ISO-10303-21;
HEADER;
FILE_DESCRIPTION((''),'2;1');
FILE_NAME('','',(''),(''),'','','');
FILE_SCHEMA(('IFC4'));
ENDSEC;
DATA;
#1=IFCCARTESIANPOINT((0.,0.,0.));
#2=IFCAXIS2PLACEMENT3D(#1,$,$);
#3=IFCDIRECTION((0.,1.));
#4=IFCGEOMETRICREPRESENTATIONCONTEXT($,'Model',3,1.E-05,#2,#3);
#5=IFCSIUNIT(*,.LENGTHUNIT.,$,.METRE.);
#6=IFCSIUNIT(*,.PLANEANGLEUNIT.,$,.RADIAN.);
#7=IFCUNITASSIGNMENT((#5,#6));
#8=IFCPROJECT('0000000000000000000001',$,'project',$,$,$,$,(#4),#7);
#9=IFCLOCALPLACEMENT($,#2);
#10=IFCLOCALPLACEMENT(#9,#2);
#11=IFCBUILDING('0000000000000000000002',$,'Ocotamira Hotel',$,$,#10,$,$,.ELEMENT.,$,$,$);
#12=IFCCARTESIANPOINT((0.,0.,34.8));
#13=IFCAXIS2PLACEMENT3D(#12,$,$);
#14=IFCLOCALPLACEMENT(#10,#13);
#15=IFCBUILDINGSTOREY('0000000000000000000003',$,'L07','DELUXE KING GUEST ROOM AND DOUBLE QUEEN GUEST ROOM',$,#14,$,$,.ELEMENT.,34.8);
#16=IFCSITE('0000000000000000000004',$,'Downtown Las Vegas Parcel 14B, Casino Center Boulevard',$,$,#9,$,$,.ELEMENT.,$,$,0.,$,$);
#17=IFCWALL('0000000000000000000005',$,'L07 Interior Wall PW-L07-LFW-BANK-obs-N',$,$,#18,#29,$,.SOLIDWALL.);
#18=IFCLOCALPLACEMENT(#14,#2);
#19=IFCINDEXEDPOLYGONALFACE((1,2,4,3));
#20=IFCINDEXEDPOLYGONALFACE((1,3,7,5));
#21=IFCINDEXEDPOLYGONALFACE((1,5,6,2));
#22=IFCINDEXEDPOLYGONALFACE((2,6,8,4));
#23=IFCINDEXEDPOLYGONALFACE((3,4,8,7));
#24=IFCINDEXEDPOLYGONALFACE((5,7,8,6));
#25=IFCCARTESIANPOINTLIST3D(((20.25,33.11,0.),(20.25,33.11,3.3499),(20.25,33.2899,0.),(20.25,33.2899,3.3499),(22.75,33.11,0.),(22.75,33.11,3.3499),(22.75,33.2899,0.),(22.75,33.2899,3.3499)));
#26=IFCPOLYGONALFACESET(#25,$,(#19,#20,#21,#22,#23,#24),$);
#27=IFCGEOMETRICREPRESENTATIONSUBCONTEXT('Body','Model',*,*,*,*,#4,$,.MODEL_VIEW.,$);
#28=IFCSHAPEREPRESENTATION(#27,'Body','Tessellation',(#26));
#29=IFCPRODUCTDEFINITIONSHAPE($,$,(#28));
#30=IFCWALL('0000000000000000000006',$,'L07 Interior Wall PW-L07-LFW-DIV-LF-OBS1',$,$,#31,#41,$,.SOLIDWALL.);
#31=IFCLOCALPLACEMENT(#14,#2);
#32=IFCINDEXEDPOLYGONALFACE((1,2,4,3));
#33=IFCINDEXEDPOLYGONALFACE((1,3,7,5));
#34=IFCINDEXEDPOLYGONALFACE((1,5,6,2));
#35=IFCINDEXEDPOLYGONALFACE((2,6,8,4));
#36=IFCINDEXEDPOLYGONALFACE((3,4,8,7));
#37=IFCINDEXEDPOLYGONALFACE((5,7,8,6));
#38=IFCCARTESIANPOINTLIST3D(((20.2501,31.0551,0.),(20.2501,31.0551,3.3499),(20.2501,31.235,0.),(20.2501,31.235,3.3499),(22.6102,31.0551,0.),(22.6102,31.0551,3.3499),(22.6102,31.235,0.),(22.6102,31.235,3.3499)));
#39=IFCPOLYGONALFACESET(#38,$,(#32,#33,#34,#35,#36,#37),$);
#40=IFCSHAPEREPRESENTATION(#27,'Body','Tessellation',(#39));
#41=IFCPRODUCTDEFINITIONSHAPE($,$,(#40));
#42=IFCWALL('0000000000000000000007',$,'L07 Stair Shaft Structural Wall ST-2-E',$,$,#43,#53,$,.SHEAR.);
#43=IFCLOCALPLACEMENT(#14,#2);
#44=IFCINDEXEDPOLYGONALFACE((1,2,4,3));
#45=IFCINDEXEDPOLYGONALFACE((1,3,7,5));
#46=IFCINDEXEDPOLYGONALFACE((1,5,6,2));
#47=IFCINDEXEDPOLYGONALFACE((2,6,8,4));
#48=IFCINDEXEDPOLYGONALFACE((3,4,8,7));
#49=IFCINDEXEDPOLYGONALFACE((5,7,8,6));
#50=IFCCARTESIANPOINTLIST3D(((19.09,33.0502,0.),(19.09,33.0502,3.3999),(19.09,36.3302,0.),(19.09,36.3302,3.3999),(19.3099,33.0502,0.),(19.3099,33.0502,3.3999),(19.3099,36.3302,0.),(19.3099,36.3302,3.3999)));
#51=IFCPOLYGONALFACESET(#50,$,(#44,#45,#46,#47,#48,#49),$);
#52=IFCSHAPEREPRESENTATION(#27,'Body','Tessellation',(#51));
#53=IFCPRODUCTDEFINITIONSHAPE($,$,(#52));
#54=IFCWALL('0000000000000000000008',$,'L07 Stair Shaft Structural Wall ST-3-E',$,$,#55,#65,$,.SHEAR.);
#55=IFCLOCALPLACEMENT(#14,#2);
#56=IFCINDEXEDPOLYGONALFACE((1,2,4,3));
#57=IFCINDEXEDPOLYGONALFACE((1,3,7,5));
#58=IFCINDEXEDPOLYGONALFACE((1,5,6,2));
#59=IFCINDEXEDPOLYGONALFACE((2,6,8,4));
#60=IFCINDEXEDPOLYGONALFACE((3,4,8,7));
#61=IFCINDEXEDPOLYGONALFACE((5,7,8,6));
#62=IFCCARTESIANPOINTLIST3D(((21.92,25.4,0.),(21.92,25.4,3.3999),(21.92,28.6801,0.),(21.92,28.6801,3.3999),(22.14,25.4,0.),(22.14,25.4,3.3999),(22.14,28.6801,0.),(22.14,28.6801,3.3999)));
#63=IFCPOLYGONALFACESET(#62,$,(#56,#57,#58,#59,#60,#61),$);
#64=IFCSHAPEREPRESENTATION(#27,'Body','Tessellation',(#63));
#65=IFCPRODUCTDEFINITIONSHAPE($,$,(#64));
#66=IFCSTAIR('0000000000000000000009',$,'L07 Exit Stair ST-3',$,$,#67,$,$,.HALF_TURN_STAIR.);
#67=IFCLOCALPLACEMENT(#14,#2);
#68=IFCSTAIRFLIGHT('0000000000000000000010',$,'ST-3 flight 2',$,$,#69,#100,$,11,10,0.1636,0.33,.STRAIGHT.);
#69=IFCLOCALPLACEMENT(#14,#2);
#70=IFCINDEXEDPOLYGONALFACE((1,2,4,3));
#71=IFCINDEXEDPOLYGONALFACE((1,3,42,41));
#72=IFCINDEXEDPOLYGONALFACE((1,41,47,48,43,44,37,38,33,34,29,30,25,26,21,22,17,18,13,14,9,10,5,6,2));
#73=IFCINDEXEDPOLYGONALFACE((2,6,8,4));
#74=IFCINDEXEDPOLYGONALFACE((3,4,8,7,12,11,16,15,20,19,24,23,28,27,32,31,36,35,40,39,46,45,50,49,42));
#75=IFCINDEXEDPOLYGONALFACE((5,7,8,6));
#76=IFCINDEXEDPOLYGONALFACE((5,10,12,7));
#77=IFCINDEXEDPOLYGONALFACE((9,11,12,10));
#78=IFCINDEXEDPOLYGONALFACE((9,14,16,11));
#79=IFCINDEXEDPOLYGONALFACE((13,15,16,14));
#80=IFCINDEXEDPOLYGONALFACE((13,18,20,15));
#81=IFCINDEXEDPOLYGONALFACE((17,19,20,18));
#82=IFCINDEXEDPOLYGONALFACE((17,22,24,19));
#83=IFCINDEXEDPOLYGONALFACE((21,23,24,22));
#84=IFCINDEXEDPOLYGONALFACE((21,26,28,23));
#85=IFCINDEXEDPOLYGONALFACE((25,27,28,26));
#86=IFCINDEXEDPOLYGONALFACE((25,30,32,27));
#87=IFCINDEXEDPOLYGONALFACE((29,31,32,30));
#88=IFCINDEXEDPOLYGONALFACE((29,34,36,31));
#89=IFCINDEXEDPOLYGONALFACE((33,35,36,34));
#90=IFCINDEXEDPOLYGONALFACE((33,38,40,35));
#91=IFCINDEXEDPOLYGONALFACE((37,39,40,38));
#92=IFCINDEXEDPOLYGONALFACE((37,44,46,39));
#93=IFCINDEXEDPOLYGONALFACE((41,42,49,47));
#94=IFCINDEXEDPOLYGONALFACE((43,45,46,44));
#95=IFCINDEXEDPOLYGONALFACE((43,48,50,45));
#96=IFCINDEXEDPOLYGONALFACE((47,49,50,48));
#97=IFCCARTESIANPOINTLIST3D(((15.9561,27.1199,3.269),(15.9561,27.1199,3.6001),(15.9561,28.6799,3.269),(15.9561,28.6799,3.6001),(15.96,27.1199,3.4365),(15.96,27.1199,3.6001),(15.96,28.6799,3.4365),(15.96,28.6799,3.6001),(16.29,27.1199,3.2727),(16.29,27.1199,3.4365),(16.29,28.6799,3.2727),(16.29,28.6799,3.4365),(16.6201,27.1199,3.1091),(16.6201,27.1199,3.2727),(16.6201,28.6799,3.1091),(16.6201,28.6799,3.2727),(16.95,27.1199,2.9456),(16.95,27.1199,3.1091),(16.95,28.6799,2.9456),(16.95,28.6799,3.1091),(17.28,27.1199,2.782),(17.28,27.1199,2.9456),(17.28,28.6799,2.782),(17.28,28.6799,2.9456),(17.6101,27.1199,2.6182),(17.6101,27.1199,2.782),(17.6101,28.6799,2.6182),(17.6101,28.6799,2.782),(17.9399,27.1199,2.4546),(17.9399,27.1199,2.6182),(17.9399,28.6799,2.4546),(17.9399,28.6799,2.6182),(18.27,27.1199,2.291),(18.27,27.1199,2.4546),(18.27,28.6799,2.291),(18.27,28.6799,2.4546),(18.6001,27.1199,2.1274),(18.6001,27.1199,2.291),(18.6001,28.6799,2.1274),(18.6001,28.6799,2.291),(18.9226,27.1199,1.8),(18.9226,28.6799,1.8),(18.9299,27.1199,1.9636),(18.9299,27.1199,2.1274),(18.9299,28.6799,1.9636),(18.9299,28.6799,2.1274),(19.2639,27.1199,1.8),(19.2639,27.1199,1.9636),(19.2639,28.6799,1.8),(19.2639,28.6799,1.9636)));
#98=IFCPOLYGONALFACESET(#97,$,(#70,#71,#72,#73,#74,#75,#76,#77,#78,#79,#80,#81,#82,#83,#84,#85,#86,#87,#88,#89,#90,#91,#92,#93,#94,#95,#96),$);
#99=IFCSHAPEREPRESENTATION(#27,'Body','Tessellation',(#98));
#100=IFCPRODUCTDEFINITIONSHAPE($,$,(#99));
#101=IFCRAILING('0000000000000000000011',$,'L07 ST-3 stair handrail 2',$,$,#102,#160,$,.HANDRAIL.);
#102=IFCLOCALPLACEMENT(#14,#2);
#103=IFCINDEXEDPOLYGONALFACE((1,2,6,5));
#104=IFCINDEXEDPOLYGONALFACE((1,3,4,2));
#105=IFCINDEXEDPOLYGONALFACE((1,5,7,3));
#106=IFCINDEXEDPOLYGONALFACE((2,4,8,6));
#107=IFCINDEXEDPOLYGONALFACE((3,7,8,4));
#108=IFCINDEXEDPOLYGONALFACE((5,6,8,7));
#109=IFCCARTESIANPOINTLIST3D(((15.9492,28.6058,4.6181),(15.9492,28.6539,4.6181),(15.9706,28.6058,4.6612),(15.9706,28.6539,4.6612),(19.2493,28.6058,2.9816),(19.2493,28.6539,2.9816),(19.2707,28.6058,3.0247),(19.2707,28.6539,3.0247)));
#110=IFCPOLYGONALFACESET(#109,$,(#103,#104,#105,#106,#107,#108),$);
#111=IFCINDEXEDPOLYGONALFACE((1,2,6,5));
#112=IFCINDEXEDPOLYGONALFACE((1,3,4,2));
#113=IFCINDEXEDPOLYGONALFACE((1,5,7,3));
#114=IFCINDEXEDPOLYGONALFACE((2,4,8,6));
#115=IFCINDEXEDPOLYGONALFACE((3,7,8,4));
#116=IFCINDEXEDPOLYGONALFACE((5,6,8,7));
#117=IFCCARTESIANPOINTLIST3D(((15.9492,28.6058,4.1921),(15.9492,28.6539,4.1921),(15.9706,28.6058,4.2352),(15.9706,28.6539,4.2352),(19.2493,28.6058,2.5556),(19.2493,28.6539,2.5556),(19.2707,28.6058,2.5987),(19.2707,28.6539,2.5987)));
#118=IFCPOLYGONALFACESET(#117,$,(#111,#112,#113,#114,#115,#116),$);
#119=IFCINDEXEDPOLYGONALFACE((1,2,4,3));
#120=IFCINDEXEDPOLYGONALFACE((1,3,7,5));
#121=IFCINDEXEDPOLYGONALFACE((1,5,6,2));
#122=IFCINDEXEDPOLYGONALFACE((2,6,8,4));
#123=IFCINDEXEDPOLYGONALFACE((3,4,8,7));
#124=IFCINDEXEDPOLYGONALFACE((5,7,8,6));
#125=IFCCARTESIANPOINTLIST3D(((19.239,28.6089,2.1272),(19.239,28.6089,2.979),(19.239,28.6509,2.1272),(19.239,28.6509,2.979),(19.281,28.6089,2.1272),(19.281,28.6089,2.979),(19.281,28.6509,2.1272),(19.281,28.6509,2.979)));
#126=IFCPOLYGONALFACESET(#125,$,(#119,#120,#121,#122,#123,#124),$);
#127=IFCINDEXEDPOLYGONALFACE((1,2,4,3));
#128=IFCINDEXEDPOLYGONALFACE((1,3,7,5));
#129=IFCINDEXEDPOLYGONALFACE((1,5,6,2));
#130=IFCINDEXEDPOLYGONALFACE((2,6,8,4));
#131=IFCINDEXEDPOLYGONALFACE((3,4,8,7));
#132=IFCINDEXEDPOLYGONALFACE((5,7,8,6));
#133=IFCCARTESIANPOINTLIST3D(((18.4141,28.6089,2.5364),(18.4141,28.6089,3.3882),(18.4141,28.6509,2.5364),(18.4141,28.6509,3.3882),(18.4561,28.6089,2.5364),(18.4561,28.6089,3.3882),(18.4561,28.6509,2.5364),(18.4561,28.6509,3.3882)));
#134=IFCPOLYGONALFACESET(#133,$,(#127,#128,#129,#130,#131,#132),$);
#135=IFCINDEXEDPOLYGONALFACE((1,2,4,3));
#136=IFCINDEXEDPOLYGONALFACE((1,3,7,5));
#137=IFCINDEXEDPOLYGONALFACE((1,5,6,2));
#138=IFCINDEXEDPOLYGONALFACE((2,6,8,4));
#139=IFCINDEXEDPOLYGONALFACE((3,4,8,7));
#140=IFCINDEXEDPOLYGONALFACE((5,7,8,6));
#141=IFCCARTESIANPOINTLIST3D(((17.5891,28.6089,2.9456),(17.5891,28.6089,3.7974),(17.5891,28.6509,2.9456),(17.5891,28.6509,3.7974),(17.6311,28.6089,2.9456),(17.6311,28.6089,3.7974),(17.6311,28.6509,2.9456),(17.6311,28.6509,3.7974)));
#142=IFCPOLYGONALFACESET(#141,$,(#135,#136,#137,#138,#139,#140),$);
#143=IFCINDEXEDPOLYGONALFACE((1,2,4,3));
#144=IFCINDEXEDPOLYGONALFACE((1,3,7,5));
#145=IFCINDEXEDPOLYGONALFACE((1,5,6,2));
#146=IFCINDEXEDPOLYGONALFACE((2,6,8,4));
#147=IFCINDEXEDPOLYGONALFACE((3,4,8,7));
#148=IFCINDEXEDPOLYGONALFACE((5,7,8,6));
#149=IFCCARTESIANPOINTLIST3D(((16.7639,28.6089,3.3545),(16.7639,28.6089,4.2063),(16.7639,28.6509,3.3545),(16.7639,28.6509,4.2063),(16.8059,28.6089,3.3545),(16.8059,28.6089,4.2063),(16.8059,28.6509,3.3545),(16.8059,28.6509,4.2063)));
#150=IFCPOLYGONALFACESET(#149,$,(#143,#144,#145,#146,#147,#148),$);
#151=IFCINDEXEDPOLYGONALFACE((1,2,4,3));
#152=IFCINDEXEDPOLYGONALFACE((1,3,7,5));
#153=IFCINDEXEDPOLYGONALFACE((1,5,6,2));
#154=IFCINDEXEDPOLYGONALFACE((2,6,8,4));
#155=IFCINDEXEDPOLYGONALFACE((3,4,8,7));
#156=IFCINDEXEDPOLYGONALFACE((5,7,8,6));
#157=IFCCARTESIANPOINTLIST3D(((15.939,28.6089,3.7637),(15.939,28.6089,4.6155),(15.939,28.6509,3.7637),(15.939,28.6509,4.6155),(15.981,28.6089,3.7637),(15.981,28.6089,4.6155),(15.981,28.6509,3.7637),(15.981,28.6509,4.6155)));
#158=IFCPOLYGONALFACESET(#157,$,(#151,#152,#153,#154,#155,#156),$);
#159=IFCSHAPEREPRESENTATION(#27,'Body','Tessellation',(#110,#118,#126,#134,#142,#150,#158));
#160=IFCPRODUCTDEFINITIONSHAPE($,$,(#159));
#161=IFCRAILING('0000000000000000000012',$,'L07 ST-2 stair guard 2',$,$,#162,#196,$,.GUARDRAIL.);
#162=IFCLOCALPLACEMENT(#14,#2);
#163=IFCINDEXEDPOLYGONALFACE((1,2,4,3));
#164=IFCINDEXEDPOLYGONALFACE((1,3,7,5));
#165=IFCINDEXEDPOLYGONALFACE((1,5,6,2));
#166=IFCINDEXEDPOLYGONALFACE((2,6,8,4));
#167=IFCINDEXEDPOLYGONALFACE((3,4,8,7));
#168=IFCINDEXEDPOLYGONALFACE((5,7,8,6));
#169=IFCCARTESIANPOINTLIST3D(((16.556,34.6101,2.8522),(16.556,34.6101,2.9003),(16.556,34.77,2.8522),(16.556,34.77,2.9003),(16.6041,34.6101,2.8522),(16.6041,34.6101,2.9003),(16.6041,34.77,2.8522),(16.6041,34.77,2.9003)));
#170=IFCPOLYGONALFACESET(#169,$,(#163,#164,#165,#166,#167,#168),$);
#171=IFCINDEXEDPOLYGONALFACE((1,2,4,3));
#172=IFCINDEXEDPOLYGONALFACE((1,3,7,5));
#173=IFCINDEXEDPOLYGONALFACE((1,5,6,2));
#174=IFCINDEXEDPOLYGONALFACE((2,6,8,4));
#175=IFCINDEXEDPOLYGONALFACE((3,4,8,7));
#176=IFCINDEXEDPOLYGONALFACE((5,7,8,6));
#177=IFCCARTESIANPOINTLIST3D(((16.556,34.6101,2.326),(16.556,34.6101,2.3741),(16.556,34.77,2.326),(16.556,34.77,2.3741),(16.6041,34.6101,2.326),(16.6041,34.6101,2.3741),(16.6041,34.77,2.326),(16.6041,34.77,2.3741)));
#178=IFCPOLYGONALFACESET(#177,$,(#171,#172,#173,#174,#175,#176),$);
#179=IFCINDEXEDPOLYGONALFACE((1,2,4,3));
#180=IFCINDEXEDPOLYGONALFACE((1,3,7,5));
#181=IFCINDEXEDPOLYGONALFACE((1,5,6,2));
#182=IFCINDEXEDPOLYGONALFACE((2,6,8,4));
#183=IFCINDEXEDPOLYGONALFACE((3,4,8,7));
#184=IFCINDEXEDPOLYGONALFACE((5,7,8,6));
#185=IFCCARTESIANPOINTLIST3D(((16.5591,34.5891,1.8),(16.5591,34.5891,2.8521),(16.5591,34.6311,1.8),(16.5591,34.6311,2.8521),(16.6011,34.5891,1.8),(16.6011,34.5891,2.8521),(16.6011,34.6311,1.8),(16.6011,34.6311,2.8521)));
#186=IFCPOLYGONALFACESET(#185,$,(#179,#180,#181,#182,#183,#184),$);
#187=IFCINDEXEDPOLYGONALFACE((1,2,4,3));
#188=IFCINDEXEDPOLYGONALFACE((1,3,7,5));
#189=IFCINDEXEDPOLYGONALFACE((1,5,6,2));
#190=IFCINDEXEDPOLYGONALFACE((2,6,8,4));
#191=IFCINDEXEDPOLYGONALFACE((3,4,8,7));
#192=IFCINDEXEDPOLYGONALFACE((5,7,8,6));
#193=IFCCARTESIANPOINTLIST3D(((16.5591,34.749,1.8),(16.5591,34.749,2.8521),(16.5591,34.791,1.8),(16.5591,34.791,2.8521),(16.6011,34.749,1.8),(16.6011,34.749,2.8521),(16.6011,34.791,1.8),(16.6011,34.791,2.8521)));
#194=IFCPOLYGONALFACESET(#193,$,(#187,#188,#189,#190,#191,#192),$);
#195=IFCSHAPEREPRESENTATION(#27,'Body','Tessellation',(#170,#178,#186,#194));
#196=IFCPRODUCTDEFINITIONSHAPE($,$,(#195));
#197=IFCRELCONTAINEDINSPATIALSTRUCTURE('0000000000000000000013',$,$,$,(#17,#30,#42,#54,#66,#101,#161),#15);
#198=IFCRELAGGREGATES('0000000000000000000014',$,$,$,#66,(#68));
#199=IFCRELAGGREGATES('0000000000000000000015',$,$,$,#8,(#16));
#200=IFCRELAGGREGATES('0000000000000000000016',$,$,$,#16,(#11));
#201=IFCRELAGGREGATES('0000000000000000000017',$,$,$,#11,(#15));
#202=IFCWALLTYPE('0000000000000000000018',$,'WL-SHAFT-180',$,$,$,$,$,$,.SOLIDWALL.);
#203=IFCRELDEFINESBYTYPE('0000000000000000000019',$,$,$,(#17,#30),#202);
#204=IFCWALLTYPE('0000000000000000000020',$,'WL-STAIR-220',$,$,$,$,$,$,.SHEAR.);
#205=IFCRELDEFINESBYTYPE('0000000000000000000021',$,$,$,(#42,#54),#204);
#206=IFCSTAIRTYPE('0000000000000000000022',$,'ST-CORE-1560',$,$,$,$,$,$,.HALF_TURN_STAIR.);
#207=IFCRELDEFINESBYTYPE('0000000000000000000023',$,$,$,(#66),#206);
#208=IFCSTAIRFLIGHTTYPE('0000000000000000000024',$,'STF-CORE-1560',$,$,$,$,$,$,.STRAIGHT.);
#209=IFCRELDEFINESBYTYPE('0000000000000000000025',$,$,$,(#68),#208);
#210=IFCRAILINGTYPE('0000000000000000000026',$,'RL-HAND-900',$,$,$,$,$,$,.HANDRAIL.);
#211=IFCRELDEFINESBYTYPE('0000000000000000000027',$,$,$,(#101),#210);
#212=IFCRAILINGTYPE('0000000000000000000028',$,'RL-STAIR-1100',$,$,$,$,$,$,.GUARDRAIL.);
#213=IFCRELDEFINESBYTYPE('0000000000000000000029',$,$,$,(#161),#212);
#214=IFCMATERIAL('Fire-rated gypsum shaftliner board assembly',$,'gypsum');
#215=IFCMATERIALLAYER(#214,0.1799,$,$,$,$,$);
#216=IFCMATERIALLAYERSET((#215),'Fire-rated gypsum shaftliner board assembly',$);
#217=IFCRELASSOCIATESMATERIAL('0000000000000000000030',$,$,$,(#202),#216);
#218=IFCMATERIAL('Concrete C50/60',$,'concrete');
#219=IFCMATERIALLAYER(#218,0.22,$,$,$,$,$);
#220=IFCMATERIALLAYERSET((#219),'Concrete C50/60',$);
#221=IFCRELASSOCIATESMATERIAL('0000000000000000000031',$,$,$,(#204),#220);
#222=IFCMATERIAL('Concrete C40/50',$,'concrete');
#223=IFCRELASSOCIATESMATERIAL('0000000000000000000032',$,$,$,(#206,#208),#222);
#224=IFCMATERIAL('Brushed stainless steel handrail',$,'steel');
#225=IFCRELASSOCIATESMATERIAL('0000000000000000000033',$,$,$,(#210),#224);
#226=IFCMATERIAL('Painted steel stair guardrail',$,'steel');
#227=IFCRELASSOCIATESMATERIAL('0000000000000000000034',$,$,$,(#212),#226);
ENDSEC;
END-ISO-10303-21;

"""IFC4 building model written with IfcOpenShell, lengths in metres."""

from ifc_helpers import new_model, si_unit, direction, frame, frame_2d, origin, origin_2d, place, context, subcontext, project, spatial, polyline, rectangle, outline, extrude, source, transform, mapped, material, layer, layer_set, type_object, element, aggregate, save


model = new_model("IFC4")

# Units and contexts
model_context = context("Model", 3, precision=1e-05, world=origin(), true_north=direction((0.0, 1.0)))
body_context = subcontext(model_context, "Body", "Model", "MODEL_VIEW")
ifc_project = project(units=[si_unit("LENGTHUNIT", "METRE"), si_unit("PLANEANGLEUNIT", "RADIAN")], contexts=[model_context])

# Site, building, storey
site_placement = place(None, origin())
site = spatial("IfcSite", under=ifc_project, at=site_placement, Name="Downtown Las Vegas Parcel 14B, Casino Center Boulevard", CompositionType="ELEMENT", RefElevation=0.0)
building_placement = place(site_placement, origin())
building = spatial("IfcBuilding", under=site, at=building_placement, Name="Ocotamira Hotel", CompositionType="ELEMENT")
storey_placement = place(building_placement, frame((0.0, 0.0, 34.8)))
storey = spatial("IfcBuildingStorey", under=building, at=storey_placement, Name="L07", Description="DELUXE KING GUEST ROOM AND DOUBLE QUEEN GUEST ROOM", CompositionType="ELEMENT", Elevation=34.8)

# Walls
ifc_material_1 = material(Name="Fire-rated gypsum shaftliner board assembly", Category="gypsum")
ifc_layer_1 = layer(ifc_material_1, 0.1799)
ifc_layer_set_1 = layer_set([ifc_layer_1], Name="Fire-rated gypsum shaftliner board assembly")
wall_type_1 = type_object("IfcWallType", Name="WL-SHAFT-180", PredefinedType="SOLIDWALL", material=ifc_layer_set_1)
wall_1_placement = place(storey_placement, frame((20.25, 33.2, 0.0), z_axis=(0.0, 0.0, 1.0), x_axis=(1.0, 0.0, 0.0)))
element("IfcWall", 1, at=wall_1_placement, inside=storey, type_object=wall_type_1, Name="L07 Interior Wall PW-L07-LFW-BANK-obs-N", PredefinedType="SOLIDWALL", context=body_context, shape_type="SweptSolid", body=[
    extrude(rectangle(XDim=2.5, YDim=0.1799, at=frame_2d((1.25, 0.0))), origin(), (0.0, 0.0, 1.0), 3.3499),
])
wall_2_placement = place(storey_placement, frame((20.25, 31.145, 0.0), z_axis=(0.0, 0.0, 1.0), x_axis=(1.0, 0.0, 0.0)))
element("IfcWall", 2, at=wall_2_placement, inside=storey, type_object=wall_type_1, Name="L07 Interior Wall PW-L07-LFW-DIV-LF-OBS1", PredefinedType="SOLIDWALL", context=body_context, shape_type="SweptSolid", body=[
    extrude(rectangle(XDim=2.3601, YDim=0.1799, at=frame_2d((1.1802, 0.0))), origin(), (0.0, 0.0, 1.0), 3.3499),
])
ifc_material_2 = material(Name="Concrete C50/60", Category="concrete")
ifc_layer_2 = layer(ifc_material_2, 0.22)
ifc_layer_set_2 = layer_set([ifc_layer_2], Name="Concrete C50/60")
wall_type_2 = type_object("IfcWallType", Name="WL-STAIR-220", PredefinedType="SHEAR", material=ifc_layer_set_2)
for number, where, z_axis, x_axis, name in (
    (3, (19.2, 33.05, 0.0), (0.0, 0.0, 1.0), (0.0, 1.0, 0.0), "L07 Stair Shaft Structural Wall ST-2-E"),
    (4, (22.03, 25.3999, 0.0), (0.0, 0.0, 1.0), (0.0, 1.0, 0.0), "L07 Stair Shaft Structural Wall ST-3-E"),
):
    element("IfcWall", number, at=place(storey_placement, frame(where, z_axis=z_axis, x_axis=x_axis)), inside=storey, type_object=wall_type_2, Name=name, PredefinedType="SHEAR", context=body_context, shape_type="SweptSolid", body=[
        extrude(rectangle(XDim=3.28, YDim=0.22, at=frame_2d((1.6401, 0.0))), origin(), (0.0, 0.0, 1.0), 3.3999),
    ])

# Stair, stair flight
ifc_material_3 = material(Name="Concrete C40/50", Category="concrete")
stair_type = type_object("IfcStairType", Name="ST-CORE-1560", PredefinedType="HALF_TURN_STAIR", material=ifc_material_3)
stair_placement = place(storey_placement, origin())
stair = element("IfcStair", 5, at=stair_placement, inside=storey, type_object=stair_type, Name="L07 Exit Stair ST-3", PredefinedType="HALF_TURN_STAIR")
stair_flight_type = type_object("IfcStairFlightType", Name="STF-CORE-1560", PredefinedType="STRAIGHT", material=ifc_material_3)
shared_shape_1 = source(origin(), body_context, "Body", "SweptSolid", [
    extrude(outline(polyline([(-0.0039, 0.0), (-0.0039, 0.1636), (0.3301, 0.1636), (0.3301, 0.3274), (0.6599, 0.3274), (0.6599, 0.491), (0.99, 0.491), (0.99, 0.6545), (1.3201, 0.6545), (1.3201, 0.8181), (1.6499, 0.8181), (1.6499, 0.9819), (1.98, 0.9819), (1.98, 1.1455), (2.3101, 1.1455), (2.3101, 1.3091), (2.6399, 1.3091), (2.6399, 1.4727), (2.97, 1.4727), (2.97, 1.6365), (3.3, 1.6365), (3.3, 1.8), (3.304, 1.8), (3.304, 1.469), (0.3374, 0.0), (-0.0039, 0.0)])), frame((0.0, 0.78, 0.0), z_axis=(0.0, -1.0, 0.0), x_axis=(1.0, 0.0, 0.0)), (0.0, 0.0, 1.0), 1.5601),
])
stair_flight_placement = place(storey_placement, frame((19.26, 27.8999, 1.8), z_axis=(0.0, 0.0, 1.0), x_axis=(-1.0, 0.0, 0.0)))
stair_flight = element("IfcStairFlight", 6, at=stair_flight_placement, type_object=stair_flight_type, Name="ST-3 flight 2", NumberOfRisers=11, NumberOfTreads=10, PredefinedType="STRAIGHT", RiserHeight=0.1636, TreadLength=0.33, context=body_context, shape_type="MappedRepresentation", body=[
    mapped(shared_shape_1, transform((0.0, 0.0, 0.0), scale=1.0)),
])
aggregate(stair, [stair_flight])

# Railings
ifc_material_4 = material(Name="Brushed stainless steel handrail", Category="steel")
railing_type_1 = type_object("IfcRailingType", Name="RL-HAND-900", PredefinedType="HANDRAIL", material=ifc_material_4)
railing_1_placement = place(storey_placement, frame((19.26, 28.6299, 2.1272)))
element("IfcRailing", 7, at=railing_1_placement, inside=storey, type_object=railing_type_1, Name="L07 ST-3 stair handrail 2", PredefinedType="HANDRAIL", context=body_context, shape_type="SweptSolid", body=[
    extrude(rectangle(XDim=0.0481, YDim=0.0481, at=origin_2d()), frame((0.0, 0.0, 0.876), z_axis=(-0.895894, 0.0, 0.444268), x_axis=(0.0, -1.0, 0.0)), (0.0, 0.0, 1.0), 3.6836),
    extrude(rectangle(XDim=0.0481, YDim=0.0481, at=origin_2d()), frame((0.0, 0.0, 0.45), z_axis=(-0.895894, 0.0, 0.444268), x_axis=(0.0, -1.0, 0.0)), (0.0, 0.0, 1.0), 3.6836),
    extrude(rectangle(XDim=0.042, YDim=0.042, at=origin_2d()), origin(), (0.0, 0.0, 1.0), 0.8518),
    extrude(rectangle(XDim=0.042, YDim=0.042, at=origin_2d()), frame((-0.825, 0.0, 0.4092)), (0.0, 0.0, 1.0), 0.8518),
    extrude(rectangle(XDim=0.042, YDim=0.042, at=origin_2d()), frame((-1.6499, 0.0, 0.8184)), (0.0, 0.0, 1.0), 0.8518),
    extrude(rectangle(XDim=0.042, YDim=0.042, at=origin_2d()), frame((-2.4751, 0.0, 1.2273)), (0.0, 0.0, 1.0), 0.8518),
    extrude(rectangle(XDim=0.042, YDim=0.042, at=origin_2d()), frame((-3.3, 0.0, 1.6365)), (0.0, 0.0, 1.0), 0.8518),
])
ifc_material_5 = material(Name="Painted steel stair guardrail", Category="steel")
railing_type_2 = type_object("IfcRailingType", Name="RL-STAIR-1100", PredefinedType="GUARDRAIL", material=ifc_material_5)
railing_2_placement = place(storey_placement, frame((16.5801, 34.6101, 1.8)))
element("IfcRailing", 8, at=railing_2_placement, inside=storey, type_object=railing_type_2, Name="L07 ST-2 stair guard 2", PredefinedType="GUARDRAIL", context=body_context, shape_type="SweptSolid", body=[
    extrude(rectangle(XDim=0.0481, YDim=0.0481, at=origin_2d()), frame((0.0, 0.0, 1.0762), z_axis=(0.0, 1.0, 0.0), x_axis=(-1.0, 0.0, 0.0)), (0.0, 0.0, 1.0), 0.1599),
    extrude(rectangle(XDim=0.0481, YDim=0.0481, at=origin_2d()), frame((0.0, 0.0, 0.55), z_axis=(0.0, 1.0, 0.0), x_axis=(-1.0, 0.0, 0.0)), (0.0, 0.0, 1.0), 0.1599),
    extrude(rectangle(XDim=0.042, YDim=0.042, at=origin_2d()), origin(), (0.0, 0.0, 1.0), 1.052),
    extrude(rectangle(XDim=0.042, YDim=0.042, at=origin_2d()), frame((0.0, 0.1599, 0.0)), (0.0, 0.0, 1.0), 1.052),
])

save(model, "model.ifc")
